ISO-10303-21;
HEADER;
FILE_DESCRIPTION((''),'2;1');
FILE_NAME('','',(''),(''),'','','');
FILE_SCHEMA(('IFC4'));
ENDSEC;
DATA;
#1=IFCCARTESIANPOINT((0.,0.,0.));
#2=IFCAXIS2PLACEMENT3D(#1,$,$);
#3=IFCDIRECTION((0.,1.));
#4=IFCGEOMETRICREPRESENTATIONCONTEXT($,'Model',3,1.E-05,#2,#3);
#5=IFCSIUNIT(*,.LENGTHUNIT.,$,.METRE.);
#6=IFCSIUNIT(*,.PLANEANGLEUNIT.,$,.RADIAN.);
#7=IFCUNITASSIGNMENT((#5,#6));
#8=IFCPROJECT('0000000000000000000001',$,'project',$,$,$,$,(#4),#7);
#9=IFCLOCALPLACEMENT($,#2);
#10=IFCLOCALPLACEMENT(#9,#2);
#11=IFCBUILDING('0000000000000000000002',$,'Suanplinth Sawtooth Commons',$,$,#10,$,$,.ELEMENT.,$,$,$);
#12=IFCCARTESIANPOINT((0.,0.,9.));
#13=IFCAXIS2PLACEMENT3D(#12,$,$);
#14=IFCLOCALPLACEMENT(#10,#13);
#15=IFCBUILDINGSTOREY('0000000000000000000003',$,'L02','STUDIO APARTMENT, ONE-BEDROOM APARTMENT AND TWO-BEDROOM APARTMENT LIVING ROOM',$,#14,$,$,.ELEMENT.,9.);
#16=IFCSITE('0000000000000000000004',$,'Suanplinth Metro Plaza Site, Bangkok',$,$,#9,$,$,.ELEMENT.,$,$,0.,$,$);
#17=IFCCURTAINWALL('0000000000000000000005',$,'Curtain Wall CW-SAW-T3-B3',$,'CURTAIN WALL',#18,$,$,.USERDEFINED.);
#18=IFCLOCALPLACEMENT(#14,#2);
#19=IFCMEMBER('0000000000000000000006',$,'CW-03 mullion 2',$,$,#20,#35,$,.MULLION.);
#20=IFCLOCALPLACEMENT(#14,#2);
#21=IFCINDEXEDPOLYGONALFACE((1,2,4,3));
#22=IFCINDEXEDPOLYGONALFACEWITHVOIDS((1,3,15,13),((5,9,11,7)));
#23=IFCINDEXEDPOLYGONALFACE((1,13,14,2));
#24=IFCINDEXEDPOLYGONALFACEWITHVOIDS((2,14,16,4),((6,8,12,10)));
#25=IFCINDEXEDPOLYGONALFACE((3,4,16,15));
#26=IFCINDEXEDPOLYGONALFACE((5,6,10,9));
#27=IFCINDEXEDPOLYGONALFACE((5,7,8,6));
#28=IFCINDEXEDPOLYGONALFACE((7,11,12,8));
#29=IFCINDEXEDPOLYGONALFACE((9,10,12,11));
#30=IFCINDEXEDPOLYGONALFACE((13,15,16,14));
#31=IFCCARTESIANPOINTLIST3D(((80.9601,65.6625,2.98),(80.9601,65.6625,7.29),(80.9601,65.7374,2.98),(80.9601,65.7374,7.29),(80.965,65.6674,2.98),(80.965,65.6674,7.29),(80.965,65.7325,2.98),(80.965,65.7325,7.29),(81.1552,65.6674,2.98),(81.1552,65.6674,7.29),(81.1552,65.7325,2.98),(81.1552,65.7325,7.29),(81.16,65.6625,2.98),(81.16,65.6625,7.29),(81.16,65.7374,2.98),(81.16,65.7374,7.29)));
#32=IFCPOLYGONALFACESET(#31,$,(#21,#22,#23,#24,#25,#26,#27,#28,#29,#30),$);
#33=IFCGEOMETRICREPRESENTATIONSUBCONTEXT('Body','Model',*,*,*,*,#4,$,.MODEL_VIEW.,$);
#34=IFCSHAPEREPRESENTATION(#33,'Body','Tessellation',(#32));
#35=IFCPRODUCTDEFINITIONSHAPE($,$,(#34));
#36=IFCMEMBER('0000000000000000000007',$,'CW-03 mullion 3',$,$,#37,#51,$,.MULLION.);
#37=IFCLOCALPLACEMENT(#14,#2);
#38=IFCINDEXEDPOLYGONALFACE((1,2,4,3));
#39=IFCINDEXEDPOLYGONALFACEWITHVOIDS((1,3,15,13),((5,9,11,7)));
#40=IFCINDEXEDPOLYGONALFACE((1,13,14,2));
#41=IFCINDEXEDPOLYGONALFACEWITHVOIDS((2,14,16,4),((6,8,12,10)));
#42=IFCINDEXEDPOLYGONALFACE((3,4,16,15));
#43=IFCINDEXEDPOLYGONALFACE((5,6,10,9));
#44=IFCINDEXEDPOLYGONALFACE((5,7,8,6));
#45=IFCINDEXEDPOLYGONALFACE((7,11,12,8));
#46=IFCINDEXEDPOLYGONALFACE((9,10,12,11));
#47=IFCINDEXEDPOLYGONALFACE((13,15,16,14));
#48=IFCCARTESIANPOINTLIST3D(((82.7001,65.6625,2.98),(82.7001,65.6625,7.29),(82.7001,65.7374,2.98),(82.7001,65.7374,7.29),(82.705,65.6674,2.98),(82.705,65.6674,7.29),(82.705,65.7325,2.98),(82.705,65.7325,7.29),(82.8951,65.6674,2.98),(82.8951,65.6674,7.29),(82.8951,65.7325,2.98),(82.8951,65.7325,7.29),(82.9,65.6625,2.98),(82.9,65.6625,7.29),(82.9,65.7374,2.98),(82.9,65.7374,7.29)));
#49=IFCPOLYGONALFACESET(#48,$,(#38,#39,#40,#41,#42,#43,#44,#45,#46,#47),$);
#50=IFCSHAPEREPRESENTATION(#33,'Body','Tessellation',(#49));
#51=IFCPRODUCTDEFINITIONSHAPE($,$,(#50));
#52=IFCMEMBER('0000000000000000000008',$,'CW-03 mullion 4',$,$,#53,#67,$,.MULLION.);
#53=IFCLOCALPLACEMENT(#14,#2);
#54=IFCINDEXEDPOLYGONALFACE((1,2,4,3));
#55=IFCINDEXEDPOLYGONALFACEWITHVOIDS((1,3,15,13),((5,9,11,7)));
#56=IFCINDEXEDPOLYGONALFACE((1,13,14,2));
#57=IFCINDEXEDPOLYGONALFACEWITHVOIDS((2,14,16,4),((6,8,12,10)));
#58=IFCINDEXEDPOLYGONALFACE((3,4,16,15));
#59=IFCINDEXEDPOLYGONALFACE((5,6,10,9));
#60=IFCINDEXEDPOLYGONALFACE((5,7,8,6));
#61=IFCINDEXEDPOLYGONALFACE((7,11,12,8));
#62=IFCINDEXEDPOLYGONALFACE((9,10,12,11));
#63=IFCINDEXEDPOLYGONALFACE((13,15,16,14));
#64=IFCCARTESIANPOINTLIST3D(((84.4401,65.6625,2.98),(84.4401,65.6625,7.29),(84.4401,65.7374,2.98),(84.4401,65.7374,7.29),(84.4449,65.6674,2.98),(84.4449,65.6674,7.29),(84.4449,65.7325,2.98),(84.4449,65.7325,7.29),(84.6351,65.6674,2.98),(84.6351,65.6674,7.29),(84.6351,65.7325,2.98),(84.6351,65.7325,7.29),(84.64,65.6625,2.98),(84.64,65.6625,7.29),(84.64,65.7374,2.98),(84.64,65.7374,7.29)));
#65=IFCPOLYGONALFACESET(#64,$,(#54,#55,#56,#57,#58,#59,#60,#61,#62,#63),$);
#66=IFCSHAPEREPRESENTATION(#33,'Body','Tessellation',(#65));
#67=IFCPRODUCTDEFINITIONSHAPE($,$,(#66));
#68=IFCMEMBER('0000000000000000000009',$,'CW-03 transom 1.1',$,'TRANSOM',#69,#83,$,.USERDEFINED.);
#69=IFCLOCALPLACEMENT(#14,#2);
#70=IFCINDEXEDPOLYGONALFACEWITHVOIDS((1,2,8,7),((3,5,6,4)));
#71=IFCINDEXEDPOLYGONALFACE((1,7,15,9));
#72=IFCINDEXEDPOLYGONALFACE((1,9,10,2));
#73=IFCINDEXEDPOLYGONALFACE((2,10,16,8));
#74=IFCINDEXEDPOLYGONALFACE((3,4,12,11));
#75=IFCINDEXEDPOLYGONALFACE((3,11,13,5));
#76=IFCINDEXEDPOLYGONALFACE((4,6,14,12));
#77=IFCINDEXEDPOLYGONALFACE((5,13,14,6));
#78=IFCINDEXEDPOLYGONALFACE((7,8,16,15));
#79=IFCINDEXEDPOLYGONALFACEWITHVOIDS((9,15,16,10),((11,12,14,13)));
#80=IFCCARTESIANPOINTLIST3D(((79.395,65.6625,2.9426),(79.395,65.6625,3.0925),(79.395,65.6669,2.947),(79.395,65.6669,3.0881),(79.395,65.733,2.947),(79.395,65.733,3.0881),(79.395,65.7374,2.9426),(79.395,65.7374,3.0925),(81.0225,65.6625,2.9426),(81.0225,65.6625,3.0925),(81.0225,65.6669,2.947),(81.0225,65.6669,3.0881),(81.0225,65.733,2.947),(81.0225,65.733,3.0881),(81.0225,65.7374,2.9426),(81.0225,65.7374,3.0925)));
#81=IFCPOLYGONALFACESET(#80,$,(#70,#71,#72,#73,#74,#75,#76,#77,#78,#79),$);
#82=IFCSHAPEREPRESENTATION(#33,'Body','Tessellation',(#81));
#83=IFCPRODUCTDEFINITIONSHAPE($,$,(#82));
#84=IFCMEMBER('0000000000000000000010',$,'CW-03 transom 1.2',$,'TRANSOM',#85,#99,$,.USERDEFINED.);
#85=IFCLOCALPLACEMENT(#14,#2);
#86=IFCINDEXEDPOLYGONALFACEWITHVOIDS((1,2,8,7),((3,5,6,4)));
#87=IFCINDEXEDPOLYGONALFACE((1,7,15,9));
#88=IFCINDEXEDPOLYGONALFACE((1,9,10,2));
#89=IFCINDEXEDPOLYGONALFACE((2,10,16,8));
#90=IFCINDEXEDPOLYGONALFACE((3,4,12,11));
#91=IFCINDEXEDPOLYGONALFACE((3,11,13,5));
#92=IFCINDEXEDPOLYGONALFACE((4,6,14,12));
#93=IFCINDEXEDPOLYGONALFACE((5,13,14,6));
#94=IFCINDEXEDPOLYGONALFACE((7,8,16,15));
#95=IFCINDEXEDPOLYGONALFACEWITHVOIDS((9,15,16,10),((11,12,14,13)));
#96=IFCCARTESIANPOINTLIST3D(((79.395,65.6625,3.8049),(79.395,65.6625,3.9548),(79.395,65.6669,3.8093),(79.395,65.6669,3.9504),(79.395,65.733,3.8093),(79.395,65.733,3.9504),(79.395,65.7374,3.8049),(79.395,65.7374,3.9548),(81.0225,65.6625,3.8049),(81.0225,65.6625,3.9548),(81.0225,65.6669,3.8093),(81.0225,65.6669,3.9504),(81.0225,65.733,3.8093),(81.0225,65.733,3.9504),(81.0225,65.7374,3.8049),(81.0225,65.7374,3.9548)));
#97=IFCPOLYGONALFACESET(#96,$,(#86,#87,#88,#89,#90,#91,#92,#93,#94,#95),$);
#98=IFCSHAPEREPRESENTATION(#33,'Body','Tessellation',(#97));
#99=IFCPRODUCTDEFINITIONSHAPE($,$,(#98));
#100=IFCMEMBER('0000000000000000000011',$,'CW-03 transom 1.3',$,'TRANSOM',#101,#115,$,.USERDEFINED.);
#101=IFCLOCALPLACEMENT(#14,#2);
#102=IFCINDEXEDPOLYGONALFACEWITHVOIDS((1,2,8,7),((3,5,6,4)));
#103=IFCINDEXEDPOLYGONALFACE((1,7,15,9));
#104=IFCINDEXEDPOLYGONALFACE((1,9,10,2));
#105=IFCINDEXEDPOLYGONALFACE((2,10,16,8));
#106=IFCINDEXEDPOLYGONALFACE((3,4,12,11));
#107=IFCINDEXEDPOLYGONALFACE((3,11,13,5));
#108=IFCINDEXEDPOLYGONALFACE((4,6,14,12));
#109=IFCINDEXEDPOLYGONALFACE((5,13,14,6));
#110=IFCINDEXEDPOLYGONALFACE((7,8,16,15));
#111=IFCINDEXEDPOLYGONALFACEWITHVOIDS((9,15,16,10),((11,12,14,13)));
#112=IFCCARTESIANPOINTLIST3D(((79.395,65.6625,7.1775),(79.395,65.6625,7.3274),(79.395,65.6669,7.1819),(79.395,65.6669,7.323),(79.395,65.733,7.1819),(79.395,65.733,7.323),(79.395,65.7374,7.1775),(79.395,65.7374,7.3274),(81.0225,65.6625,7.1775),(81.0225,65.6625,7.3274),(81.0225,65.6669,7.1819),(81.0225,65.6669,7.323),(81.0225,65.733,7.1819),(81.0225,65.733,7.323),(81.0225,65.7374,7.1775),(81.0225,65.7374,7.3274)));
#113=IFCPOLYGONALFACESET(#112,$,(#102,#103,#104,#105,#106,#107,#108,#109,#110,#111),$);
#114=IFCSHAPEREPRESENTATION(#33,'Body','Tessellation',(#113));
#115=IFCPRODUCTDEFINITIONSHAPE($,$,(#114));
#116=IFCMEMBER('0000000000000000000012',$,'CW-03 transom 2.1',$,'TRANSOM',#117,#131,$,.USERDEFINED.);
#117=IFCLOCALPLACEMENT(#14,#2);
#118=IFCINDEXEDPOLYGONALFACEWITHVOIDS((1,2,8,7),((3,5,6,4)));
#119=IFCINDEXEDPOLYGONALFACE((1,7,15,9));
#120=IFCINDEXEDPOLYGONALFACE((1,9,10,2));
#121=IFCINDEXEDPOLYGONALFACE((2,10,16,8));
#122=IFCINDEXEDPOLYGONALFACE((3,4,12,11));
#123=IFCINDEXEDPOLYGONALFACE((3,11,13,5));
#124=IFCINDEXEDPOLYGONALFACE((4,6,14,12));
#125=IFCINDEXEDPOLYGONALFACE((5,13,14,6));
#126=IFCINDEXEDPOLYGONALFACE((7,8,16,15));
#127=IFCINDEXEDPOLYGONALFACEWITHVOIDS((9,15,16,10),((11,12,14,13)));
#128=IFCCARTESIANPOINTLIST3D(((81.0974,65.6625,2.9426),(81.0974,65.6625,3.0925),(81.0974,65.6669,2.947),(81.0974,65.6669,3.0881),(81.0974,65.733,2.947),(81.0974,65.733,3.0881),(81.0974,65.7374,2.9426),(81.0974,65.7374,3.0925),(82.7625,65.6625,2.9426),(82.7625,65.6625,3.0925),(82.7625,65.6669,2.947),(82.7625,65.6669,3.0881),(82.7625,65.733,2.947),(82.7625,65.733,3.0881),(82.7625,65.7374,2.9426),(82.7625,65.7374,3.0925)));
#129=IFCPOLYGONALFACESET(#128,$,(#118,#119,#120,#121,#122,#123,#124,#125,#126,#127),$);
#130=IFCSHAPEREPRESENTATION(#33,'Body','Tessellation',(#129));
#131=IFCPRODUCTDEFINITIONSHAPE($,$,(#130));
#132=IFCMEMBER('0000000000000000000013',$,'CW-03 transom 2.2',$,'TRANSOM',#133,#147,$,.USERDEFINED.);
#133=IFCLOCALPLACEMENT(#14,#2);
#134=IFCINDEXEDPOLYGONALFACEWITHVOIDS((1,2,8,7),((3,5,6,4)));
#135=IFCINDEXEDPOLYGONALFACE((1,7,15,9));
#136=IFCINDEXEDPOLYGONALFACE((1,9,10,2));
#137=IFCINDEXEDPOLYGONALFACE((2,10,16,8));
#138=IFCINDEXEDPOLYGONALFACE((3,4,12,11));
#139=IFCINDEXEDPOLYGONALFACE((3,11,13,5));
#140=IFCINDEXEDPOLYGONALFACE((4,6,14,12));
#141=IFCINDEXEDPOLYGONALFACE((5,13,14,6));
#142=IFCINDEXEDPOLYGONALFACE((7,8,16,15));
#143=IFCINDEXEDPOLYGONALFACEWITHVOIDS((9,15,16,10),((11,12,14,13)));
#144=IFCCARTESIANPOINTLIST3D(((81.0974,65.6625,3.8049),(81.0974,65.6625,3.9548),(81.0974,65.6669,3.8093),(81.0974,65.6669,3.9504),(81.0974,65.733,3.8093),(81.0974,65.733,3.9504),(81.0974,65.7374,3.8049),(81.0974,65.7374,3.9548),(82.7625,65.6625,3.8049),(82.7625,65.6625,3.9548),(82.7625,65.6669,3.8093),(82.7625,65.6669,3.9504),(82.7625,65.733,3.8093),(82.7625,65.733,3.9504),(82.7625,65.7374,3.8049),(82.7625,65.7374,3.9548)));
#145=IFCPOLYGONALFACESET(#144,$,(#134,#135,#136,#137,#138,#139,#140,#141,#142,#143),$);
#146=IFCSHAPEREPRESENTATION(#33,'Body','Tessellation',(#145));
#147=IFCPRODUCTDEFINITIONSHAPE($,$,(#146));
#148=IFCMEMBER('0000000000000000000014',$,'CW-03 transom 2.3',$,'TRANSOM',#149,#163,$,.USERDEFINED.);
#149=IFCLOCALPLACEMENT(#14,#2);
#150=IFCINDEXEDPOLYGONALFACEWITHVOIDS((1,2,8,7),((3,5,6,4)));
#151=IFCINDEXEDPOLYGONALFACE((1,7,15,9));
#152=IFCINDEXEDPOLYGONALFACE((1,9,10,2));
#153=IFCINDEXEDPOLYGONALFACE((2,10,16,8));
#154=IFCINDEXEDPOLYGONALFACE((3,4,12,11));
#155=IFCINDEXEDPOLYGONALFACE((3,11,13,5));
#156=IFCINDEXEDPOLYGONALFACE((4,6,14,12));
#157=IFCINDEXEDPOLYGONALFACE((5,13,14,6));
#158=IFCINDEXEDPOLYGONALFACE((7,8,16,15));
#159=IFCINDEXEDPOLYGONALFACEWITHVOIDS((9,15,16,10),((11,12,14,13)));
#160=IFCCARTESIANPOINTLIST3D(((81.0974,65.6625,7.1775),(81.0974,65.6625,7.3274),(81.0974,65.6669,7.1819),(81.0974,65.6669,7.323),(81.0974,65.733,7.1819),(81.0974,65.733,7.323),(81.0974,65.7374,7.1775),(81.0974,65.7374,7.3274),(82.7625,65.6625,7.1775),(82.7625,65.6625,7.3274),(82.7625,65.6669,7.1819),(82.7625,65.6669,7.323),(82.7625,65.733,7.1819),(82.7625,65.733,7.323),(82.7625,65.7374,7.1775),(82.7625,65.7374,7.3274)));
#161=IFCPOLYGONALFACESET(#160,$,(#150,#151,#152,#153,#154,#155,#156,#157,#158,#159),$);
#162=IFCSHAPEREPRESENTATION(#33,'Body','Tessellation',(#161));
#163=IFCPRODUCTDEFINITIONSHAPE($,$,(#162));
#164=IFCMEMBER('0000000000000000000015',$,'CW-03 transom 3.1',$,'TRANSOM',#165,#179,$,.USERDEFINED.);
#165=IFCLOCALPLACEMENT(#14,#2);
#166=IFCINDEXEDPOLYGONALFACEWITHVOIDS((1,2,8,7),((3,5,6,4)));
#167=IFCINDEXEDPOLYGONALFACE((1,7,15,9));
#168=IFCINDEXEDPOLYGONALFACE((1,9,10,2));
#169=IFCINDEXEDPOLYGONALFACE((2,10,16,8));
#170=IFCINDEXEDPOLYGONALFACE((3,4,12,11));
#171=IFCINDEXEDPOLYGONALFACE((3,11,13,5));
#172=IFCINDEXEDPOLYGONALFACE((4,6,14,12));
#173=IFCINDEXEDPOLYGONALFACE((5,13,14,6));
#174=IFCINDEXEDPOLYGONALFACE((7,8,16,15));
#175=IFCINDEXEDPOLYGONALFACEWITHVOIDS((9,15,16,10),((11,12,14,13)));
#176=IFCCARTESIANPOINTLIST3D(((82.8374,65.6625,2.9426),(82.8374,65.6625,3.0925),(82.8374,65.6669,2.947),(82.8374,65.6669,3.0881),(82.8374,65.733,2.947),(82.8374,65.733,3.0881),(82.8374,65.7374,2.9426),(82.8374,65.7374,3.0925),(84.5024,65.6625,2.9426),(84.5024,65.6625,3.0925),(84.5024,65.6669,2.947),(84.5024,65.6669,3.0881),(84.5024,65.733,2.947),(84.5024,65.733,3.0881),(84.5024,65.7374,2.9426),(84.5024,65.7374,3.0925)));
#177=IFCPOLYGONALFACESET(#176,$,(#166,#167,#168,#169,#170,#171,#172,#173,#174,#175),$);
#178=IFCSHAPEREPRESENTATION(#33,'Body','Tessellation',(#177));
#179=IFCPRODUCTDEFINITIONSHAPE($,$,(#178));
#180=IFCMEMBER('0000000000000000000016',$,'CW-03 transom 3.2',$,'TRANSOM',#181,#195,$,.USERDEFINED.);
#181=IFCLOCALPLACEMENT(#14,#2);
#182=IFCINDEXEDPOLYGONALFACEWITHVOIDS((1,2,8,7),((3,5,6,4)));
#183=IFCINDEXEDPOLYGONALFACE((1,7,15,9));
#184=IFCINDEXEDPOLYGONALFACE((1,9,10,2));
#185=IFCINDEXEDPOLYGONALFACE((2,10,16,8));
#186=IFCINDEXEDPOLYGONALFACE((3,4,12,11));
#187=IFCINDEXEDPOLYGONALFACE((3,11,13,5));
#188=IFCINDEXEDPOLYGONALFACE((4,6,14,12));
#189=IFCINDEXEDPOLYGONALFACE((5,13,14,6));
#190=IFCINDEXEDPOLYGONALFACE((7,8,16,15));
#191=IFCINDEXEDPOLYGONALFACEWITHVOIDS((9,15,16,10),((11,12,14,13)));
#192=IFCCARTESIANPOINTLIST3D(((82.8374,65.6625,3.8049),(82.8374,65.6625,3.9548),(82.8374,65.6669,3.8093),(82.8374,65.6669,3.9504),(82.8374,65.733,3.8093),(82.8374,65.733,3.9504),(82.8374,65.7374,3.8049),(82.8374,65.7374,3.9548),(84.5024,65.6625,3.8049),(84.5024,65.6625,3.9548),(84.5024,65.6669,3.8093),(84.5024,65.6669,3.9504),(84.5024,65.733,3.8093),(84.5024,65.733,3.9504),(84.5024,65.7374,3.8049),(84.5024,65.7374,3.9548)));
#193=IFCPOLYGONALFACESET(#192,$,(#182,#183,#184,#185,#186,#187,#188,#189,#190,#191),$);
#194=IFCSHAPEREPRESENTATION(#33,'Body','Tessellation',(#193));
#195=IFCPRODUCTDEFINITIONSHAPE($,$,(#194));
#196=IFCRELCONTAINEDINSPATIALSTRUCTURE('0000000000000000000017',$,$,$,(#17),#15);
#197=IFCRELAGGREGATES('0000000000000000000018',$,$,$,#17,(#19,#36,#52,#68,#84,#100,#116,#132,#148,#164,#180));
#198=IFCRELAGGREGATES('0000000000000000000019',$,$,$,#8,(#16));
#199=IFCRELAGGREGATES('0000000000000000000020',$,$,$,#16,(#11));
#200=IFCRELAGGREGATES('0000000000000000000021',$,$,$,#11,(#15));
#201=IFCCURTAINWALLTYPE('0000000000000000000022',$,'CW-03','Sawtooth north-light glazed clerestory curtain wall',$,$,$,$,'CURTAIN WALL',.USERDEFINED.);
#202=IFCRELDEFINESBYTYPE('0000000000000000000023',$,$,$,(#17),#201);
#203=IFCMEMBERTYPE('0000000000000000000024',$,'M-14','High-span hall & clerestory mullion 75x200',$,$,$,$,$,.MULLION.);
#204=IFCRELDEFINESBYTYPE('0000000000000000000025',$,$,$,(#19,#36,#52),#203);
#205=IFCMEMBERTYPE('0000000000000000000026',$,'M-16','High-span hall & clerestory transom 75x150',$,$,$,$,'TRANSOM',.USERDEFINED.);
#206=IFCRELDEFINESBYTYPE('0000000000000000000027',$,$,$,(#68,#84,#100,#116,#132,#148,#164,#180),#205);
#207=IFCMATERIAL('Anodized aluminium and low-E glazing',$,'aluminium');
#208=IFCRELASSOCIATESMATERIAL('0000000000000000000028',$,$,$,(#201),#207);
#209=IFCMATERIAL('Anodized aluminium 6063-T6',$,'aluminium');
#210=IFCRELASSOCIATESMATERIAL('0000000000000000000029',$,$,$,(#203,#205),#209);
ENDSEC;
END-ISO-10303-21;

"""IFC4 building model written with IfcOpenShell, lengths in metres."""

from ifc_helpers import new_model, si_unit, direction, frame, origin, origin_2d, place, context, subcontext, project, spatial, hollow_rectangle, extrude, material, material_profile, profile_set, type_object, element, aggregate, save


model = new_model("IFC4")

# Units and contexts
model_context = context("Model", 3, precision=1e-05, world=origin(), true_north=direction((0.0, 1.0)))
body_context = subcontext(model_context, "Body", "Model", "MODEL_VIEW")
ifc_project = project(units=[si_unit("LENGTHUNIT", "METRE"), si_unit("PLANEANGLEUNIT", "RADIAN")], contexts=[model_context])

# Site, building, storey
site_placement = place(None, origin())
site = spatial("IfcSite", under=ifc_project, at=site_placement, Name="Suanplinth Metro Plaza Site, Bangkok", CompositionType="ELEMENT", RefElevation=0.0)
building_placement = place(site_placement, origin())
building = spatial("IfcBuilding", under=site, at=building_placement, Name="Suanplinth Sawtooth Commons", CompositionType="ELEMENT")
storey_placement = place(building_placement, frame((0.0, 0.0, 9.0)))
storey = spatial("IfcBuildingStorey", under=building, at=storey_placement, Name="L02", Description="STUDIO APARTMENT, ONE-BEDROOM APARTMENT AND TWO-BEDROOM APARTMENT LIVING ROOM", CompositionType="ELEMENT", Elevation=9.0)

# Curtain wall, members
ifc_material_1 = material(Name="Anodized aluminium and low-E glazing", Category="aluminium")
curtain_wall_type = type_object("IfcCurtainWallType", Name="CW-03", Description="Sawtooth north-light glazed clerestory curtain wall", ElementType="CURTAIN WALL", PredefinedType="USERDEFINED", material=ifc_material_1)
curtain_wall_placement = place(storey_placement, origin())
curtain_wall = element("IfcCurtainWall", 1, at=curtain_wall_placement, inside=storey, type_object=curtain_wall_type, Name="Curtain Wall CW-SAW-T3-B3", ObjectType="CURTAIN WALL", PredefinedType="USERDEFINED")
ifc_material_2 = material(Name="Anodized aluminium 6063-T6", Category="aluminium")
ifc_material_profile_1 = material_profile(ifc_material_2, hollow_rectangle(XDim=0.075, YDim=0.2, WallThickness=0.0049, at=origin_2d()), Name="ALU-MUL 75x200")
ifc_profile_set_1 = profile_set([ifc_material_profile_1], Name="Anodized aluminium 6063-T6")
member_type_1 = type_object("IfcMemberType", Name="M-14", Description="High-span hall & clerestory mullion 75x200", PredefinedType="MULLION", material=ifc_profile_set_1)
member_1_placement = place(storey_placement, frame((81.0601, 65.7, 2.98), z_axis=(0.0, 0.0, 1.0), x_axis=(0.0, 1.0, 0.0)))
member_1 = element("IfcMember", 2, at=member_1_placement, type_object=member_type_1, Name="CW-03 mullion 2", PredefinedType="MULLION", context=body_context, shape_type="SweptSolid", body=[
    extrude(hollow_rectangle(XDim=0.075, YDim=0.2, WallThickness=0.0049, at=origin_2d()), origin(), (0.0, 0.0, 1.0), 4.3101),
])
member_2_placement = place(storey_placement, frame((82.8, 65.7, 2.98), z_axis=(0.0, 0.0, 1.0), x_axis=(0.0, 1.0, 0.0)))
member_2 = element("IfcMember", 3, at=member_2_placement, type_object=member_type_1, Name="CW-03 mullion 3", PredefinedType="MULLION", context=body_context, shape_type="SweptSolid", body=[
    extrude(hollow_rectangle(XDim=0.075, YDim=0.2, WallThickness=0.0049, at=origin_2d()), origin(), (0.0, 0.0, 1.0), 4.3101),
])
member_3_placement = place(storey_placement, frame((84.54, 65.7, 2.98), z_axis=(0.0, 0.0, 1.0), x_axis=(0.0, 1.0, 0.0)))
member_3 = element("IfcMember", 4, at=member_3_placement, type_object=member_type_1, Name="CW-03 mullion 4", PredefinedType="MULLION", context=body_context, shape_type="SweptSolid", body=[
    extrude(hollow_rectangle(XDim=0.075, YDim=0.2, WallThickness=0.0049, at=origin_2d()), origin(), (0.0, 0.0, 1.0), 4.3101),
])
ifc_material_profile_2 = material_profile(ifc_material_2, hollow_rectangle(XDim=0.075, YDim=0.1499, WallThickness=0.0044, at=origin_2d()), Name="ALU-TRN 75x150")
ifc_profile_set_2 = profile_set([ifc_material_profile_2], Name="Anodized aluminium 6063-T6")
member_type_2 = type_object("IfcMemberType", Name="M-16", Description="High-span hall & clerestory transom 75x150", ElementType="TRANSOM", PredefinedType="USERDEFINED", material=ifc_profile_set_2)
member_4_placement = place(storey_placement, frame((79.395, 65.7, 3.0176), z_axis=(1.0, 0.0, 0.0), x_axis=(0.0, 1.0, 0.0)))
member_4 = element("IfcMember", 5, at=member_4_placement, type_object=member_type_2, Name="CW-03 transom 1.1", ObjectType="TRANSOM", PredefinedType="USERDEFINED", context=body_context, shape_type="SweptSolid", body=[
    extrude(hollow_rectangle(XDim=0.075, YDim=0.1499, WallThickness=0.0044, at=origin_2d()), origin(), (0.0, 0.0, 1.0), 1.6274),
])
member_5_placement = place(storey_placement, frame((79.395, 65.7, 3.8799), z_axis=(1.0, 0.0, 0.0), x_axis=(0.0, 1.0, 0.0)))
member_5 = element("IfcMember", 6, at=member_5_placement, type_object=member_type_2, Name="CW-03 transom 1.2", ObjectType="TRANSOM", PredefinedType="USERDEFINED", context=body_context, shape_type="SweptSolid", body=[
    extrude(hollow_rectangle(XDim=0.075, YDim=0.1499, WallThickness=0.0044, at=origin_2d()), origin(), (0.0, 0.0, 1.0), 1.6274),
])
member_6_placement = place(storey_placement, frame((79.395, 65.7, 7.2524), z_axis=(1.0, 0.0, 0.0), x_axis=(0.0, 1.0, 0.0)))
member_6 = element("IfcMember", 7, at=member_6_placement, type_object=member_type_2, Name="CW-03 transom 1.3", ObjectType="TRANSOM", PredefinedType="USERDEFINED", context=body_context, shape_type="SweptSolid", body=[
    extrude(hollow_rectangle(XDim=0.075, YDim=0.1499, WallThickness=0.0044, at=origin_2d()), origin(), (0.0, 0.0, 1.0), 1.6274),
])
member_7_placement = place(storey_placement, frame((81.0974, 65.7, 3.0176), z_axis=(1.0, 0.0, 0.0), x_axis=(0.0, 1.0, 0.0)))
member_7 = element("IfcMember", 8, at=member_7_placement, type_object=member_type_2, Name="CW-03 transom 2.1", ObjectType="TRANSOM", PredefinedType="USERDEFINED", context=body_context, shape_type="SweptSolid", body=[
    extrude(hollow_rectangle(XDim=0.075, YDim=0.1499, WallThickness=0.0044, at=origin_2d()), origin(), (0.0, 0.0, 1.0), 1.665),
])
member_8_placement = place(storey_placement, frame((81.0974, 65.7, 3.8799), z_axis=(1.0, 0.0, 0.0), x_axis=(0.0, 1.0, 0.0)))
member_8 = element("IfcMember", 9, at=member_8_placement, type_object=member_type_2, Name="CW-03 transom 2.2", ObjectType="TRANSOM", PredefinedType="USERDEFINED", context=body_context, shape_type="SweptSolid", body=[
    extrude(hollow_rectangle(XDim=0.075, YDim=0.1499, WallThickness=0.0044, at=origin_2d()), origin(), (0.0, 0.0, 1.0), 1.665),
])
member_9_placement = place(storey_placement, frame((81.0974, 65.7, 7.2524), z_axis=(1.0, 0.0, 0.0), x_axis=(0.0, 1.0, 0.0)))
member_9 = element("IfcMember", 10, at=member_9_placement, type_object=member_type_2, Name="CW-03 transom 2.3", ObjectType="TRANSOM", PredefinedType="USERDEFINED", context=body_context, shape_type="SweptSolid", body=[
    extrude(hollow_rectangle(XDim=0.075, YDim=0.1499, WallThickness=0.0044, at=origin_2d()), origin(), (0.0, 0.0, 1.0), 1.665),
])
member_10_placement = place(storey_placement, frame((82.8374, 65.7, 3.0176), z_axis=(1.0, 0.0, 0.0), x_axis=(0.0, 1.0, 0.0)))
member_10 = element("IfcMember", 11, at=member_10_placement, type_object=member_type_2, Name="CW-03 transom 3.1", ObjectType="TRANSOM", PredefinedType="USERDEFINED", context=body_context, shape_type="SweptSolid", body=[
    extrude(hollow_rectangle(XDim=0.075, YDim=0.1499, WallThickness=0.0044, at=origin_2d()), origin(), (0.0, 0.0, 1.0), 1.665),
])
member_11_placement = place(storey_placement, frame((82.8374, 65.7, 3.8799), z_axis=(1.0, 0.0, 0.0), x_axis=(0.0, 1.0, 0.0)))
member_11 = element("IfcMember", 12, at=member_11_placement, type_object=member_type_2, Name="CW-03 transom 3.2", ObjectType="TRANSOM", PredefinedType="USERDEFINED", context=body_context, shape_type="SweptSolid", body=[
    extrude(hollow_rectangle(XDim=0.075, YDim=0.1499, WallThickness=0.0044, at=origin_2d()), origin(), (0.0, 0.0, 1.0), 1.665),
])

aggregate(curtain_wall, [member_1, member_2, member_3, member_4, member_5, member_6, member_7, member_8, member_9, member_10, member_11])

save(model, "model.ifc")
